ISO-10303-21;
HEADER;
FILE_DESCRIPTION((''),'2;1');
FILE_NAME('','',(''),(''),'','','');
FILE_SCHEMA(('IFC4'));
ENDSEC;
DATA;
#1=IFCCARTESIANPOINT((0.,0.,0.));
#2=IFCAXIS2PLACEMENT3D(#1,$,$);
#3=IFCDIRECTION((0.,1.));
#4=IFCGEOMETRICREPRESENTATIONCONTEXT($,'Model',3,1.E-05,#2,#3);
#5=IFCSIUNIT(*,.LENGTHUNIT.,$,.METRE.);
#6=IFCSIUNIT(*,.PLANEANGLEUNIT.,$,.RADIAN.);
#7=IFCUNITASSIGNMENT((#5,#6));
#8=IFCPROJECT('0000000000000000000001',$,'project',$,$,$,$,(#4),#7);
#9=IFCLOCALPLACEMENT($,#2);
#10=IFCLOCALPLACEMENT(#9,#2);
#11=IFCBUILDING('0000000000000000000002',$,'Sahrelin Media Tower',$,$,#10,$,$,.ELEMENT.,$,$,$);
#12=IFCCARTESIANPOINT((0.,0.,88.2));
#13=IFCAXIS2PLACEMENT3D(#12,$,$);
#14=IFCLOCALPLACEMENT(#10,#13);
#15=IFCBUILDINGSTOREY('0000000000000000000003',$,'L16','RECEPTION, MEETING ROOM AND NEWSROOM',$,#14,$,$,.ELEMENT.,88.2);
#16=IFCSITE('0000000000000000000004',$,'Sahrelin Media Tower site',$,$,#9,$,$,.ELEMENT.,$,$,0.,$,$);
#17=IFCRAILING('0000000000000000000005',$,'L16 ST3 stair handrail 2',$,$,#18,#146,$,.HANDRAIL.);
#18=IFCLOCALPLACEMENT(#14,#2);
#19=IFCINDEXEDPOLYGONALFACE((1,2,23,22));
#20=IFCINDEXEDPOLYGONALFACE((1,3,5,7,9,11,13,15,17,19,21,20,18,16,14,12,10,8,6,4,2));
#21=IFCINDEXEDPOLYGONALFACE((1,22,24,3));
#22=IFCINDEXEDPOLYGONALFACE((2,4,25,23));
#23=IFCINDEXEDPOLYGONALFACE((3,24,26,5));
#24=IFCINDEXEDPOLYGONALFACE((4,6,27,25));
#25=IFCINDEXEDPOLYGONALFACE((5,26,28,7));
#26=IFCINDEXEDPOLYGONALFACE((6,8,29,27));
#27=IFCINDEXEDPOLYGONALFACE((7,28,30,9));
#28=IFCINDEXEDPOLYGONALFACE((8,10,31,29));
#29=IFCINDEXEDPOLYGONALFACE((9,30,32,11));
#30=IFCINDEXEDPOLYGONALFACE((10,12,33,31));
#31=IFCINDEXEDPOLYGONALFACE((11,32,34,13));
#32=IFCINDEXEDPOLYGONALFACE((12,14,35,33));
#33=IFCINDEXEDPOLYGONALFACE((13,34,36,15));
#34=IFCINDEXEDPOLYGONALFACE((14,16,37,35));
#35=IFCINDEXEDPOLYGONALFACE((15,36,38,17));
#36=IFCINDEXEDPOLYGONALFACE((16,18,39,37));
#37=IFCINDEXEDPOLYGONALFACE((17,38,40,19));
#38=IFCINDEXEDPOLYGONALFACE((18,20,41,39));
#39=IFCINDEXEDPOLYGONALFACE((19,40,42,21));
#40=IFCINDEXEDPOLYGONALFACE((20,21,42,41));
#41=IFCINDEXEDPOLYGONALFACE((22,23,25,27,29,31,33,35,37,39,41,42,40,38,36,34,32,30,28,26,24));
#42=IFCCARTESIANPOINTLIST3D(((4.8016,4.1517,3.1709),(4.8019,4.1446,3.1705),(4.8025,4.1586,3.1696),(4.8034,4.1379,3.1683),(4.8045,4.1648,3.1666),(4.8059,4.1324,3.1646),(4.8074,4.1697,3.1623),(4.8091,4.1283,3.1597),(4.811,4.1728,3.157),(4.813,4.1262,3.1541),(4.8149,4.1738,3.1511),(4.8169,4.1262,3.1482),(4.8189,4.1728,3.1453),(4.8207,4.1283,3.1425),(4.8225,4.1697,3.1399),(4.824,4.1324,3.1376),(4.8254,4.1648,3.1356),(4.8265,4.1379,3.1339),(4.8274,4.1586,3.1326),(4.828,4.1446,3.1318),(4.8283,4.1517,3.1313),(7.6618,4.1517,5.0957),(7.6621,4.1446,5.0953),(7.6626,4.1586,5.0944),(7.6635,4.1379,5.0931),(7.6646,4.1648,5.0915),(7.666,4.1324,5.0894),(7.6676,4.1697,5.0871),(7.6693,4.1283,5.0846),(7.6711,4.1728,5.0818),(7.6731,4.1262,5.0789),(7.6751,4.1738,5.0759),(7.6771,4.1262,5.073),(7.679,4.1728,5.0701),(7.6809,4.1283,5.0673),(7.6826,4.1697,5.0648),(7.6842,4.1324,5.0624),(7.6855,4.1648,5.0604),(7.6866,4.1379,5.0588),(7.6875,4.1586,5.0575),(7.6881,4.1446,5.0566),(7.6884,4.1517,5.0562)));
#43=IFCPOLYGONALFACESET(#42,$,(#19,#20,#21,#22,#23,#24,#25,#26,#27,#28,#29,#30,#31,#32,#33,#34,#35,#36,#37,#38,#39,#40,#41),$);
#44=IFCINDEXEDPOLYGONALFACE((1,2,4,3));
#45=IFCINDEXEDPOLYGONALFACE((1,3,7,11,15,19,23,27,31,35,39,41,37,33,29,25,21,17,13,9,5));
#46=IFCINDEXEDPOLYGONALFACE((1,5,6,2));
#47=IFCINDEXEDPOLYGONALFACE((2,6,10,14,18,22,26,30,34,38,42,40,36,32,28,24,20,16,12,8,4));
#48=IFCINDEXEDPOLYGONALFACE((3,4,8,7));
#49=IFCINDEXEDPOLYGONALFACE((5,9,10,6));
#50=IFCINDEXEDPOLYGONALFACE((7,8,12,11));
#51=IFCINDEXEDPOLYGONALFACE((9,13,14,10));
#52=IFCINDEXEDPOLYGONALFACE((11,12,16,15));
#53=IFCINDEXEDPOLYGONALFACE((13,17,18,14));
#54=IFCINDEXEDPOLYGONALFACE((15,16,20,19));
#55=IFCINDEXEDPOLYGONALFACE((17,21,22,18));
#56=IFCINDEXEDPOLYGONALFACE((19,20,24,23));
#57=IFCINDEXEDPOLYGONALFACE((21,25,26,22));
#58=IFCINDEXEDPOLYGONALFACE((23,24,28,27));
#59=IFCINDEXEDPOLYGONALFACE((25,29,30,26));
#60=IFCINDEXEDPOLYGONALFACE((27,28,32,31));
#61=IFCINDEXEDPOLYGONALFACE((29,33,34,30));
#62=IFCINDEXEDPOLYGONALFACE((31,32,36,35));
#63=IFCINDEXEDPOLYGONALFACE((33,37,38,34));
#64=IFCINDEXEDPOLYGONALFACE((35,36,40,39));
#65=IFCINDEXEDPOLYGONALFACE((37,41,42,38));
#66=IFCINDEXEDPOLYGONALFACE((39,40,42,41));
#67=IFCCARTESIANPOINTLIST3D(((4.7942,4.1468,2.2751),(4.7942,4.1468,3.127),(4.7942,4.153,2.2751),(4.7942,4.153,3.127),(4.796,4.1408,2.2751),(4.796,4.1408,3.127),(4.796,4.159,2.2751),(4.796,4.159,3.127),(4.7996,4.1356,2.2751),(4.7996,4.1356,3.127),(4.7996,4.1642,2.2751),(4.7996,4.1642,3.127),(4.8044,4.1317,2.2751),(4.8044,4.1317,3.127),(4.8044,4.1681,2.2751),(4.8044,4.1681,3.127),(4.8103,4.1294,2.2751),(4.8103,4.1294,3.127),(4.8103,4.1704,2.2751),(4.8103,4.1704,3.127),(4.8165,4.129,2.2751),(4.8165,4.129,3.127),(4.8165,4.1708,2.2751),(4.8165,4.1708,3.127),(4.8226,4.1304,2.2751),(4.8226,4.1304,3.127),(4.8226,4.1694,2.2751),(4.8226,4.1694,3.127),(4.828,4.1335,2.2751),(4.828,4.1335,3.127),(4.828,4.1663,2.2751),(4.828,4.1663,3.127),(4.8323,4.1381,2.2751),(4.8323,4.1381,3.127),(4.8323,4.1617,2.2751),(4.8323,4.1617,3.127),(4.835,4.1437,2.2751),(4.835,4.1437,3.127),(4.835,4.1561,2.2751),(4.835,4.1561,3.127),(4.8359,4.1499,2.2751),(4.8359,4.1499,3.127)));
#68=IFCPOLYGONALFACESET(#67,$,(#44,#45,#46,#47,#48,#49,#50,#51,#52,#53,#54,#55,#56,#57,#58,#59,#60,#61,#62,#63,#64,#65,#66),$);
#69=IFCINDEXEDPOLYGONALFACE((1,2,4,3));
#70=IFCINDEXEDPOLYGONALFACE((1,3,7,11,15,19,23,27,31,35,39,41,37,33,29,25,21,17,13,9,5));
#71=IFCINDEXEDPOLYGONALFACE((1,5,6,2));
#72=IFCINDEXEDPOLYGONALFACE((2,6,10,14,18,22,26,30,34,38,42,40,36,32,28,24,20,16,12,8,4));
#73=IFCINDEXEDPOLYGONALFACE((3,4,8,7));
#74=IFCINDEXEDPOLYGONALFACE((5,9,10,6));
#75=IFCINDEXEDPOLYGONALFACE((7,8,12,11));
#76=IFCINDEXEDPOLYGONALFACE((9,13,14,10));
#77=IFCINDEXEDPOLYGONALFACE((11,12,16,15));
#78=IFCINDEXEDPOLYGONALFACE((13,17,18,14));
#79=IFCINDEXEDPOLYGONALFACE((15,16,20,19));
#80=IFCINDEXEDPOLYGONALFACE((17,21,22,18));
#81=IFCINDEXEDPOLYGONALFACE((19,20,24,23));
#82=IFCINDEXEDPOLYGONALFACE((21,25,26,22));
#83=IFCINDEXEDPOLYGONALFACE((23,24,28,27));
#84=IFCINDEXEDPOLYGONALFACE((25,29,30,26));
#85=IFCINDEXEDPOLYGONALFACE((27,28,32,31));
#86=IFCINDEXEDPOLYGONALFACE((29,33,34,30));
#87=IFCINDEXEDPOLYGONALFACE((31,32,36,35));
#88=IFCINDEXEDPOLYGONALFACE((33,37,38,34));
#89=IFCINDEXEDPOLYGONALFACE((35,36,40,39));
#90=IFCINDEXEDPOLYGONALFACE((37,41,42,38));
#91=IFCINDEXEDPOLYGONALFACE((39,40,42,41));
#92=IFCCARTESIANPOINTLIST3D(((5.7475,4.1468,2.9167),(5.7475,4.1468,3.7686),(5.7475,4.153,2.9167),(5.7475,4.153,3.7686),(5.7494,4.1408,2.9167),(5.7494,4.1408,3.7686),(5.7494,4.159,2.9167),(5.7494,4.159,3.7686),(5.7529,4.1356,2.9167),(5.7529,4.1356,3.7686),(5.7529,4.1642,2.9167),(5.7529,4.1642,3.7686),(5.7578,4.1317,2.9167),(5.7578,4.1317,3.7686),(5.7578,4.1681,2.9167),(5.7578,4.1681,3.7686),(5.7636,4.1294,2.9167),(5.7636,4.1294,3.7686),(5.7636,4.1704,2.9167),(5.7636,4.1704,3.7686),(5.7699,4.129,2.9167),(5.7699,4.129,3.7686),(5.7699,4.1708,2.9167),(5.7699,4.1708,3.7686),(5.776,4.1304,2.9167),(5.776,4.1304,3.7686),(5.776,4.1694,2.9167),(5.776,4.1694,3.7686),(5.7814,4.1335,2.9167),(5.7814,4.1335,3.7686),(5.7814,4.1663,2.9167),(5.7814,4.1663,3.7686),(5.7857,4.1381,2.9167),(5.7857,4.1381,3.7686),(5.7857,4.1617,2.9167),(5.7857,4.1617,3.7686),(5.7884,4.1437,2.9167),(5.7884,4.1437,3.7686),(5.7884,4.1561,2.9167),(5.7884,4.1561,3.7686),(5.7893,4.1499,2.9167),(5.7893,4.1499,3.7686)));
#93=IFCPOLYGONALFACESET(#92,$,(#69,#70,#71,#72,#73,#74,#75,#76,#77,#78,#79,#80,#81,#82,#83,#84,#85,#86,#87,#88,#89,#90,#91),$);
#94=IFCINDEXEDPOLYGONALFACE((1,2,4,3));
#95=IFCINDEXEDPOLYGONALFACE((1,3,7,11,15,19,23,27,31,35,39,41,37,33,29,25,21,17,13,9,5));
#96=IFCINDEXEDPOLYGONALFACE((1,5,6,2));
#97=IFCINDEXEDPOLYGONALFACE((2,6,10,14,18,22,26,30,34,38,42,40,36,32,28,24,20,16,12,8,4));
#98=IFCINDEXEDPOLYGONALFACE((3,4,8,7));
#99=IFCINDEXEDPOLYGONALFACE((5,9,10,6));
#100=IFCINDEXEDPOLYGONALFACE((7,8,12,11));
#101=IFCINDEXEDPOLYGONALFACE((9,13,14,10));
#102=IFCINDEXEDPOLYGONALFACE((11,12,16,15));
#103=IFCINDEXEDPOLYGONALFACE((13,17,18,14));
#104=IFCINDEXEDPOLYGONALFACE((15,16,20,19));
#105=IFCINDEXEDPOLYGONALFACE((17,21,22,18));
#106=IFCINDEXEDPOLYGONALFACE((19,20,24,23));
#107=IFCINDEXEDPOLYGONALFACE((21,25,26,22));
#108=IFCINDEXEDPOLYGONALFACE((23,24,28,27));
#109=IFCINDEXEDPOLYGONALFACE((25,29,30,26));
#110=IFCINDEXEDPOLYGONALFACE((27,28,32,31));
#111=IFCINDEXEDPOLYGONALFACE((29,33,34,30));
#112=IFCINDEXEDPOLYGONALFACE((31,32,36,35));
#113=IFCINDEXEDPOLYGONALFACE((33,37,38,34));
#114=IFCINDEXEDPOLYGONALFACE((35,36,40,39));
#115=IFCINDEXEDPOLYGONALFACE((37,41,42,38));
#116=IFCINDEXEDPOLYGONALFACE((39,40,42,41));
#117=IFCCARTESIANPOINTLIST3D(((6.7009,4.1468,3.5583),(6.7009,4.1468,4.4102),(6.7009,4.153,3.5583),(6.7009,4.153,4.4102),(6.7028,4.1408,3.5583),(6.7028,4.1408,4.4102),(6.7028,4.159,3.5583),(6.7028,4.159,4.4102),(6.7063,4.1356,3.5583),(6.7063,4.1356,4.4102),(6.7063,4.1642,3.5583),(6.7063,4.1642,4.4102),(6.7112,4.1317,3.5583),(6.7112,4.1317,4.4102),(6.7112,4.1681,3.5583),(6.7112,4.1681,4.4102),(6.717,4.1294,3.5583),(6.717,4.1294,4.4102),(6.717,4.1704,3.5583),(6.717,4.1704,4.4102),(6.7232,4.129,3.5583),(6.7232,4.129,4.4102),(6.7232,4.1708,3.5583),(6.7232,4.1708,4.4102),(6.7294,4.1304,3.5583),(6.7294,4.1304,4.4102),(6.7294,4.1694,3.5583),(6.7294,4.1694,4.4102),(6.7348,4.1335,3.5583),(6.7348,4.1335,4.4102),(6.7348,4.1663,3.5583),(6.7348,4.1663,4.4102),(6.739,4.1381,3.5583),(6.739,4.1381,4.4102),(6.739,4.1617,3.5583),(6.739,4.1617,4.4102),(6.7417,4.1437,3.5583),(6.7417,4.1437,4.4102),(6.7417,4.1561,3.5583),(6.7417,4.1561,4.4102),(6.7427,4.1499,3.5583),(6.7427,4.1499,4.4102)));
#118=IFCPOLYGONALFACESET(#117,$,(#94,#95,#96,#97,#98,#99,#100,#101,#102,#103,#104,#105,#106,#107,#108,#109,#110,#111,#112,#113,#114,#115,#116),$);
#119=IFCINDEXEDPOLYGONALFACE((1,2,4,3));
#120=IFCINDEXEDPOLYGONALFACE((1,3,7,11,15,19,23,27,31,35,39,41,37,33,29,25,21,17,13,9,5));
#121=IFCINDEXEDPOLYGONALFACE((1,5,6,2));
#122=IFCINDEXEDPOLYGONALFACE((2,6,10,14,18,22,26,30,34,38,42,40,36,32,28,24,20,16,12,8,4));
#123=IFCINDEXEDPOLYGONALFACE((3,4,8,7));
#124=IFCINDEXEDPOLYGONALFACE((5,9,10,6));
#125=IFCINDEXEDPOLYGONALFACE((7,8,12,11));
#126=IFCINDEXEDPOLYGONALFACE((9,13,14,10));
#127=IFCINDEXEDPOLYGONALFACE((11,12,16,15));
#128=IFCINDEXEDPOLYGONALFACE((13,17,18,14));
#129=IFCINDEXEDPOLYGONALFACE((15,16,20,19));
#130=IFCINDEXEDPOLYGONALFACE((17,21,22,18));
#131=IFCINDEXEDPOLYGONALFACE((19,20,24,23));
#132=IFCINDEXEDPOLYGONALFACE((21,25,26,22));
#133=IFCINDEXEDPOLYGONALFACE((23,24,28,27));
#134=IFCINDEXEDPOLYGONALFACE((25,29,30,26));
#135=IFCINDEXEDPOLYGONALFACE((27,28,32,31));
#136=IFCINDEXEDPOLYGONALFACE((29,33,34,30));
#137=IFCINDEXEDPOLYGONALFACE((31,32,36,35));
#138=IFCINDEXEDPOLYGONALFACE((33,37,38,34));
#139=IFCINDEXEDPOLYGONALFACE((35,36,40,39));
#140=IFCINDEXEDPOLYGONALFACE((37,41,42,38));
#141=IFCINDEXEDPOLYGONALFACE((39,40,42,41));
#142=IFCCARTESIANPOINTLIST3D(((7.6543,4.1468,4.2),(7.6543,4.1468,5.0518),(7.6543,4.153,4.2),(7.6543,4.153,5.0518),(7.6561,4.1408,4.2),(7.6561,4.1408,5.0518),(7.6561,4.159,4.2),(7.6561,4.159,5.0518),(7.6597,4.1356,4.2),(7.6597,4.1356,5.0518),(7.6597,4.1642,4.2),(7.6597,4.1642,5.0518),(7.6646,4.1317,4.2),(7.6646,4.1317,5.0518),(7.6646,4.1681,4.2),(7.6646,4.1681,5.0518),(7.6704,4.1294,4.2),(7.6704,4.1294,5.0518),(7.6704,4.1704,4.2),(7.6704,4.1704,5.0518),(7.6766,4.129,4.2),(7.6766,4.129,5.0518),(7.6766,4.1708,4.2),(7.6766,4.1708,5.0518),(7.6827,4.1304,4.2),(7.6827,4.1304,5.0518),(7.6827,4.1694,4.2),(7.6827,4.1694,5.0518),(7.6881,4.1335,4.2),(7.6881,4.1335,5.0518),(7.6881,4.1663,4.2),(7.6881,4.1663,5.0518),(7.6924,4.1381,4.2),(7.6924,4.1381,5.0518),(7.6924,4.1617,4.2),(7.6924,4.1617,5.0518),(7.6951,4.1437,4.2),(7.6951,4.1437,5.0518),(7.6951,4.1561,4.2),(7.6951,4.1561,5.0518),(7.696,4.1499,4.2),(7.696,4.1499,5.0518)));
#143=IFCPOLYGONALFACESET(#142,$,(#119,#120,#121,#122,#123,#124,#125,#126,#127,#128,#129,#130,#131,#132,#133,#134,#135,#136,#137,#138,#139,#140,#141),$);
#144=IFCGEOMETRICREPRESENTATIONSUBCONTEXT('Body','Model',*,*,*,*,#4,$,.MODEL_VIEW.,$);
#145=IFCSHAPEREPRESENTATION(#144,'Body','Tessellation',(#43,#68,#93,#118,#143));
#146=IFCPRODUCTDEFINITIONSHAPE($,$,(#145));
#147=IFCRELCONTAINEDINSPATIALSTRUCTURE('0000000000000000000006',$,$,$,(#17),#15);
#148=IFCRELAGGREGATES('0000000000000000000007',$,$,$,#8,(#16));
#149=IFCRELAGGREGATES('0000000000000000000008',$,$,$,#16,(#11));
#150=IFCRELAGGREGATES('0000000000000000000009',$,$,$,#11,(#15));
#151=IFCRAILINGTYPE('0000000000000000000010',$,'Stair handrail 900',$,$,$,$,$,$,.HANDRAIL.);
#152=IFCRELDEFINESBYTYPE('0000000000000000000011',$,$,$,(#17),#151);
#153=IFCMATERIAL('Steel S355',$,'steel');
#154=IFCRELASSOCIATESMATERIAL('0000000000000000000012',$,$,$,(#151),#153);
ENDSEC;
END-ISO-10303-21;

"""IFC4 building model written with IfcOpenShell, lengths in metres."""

from ifc_helpers import new_model, si_unit, direction, frame, origin, origin_2d, place, context, subcontext, project, spatial, circle, extrude, material, type_object, element, save


model = new_model("IFC4")

# Units and contexts
model_context = context("Model", 3, precision=1e-05, world=origin(), true_north=direction((0.0, 1.0)))
body_context = subcontext(model_context, "Body", "Model", "MODEL_VIEW")
ifc_project = project(units=[si_unit("LENGTHUNIT", "METRE"), si_unit("PLANEANGLEUNIT", "RADIAN")], contexts=[model_context])

# Site, building, storey
site_placement = place(None, origin())
site = spatial("IfcSite", under=ifc_project, at=site_placement, Name="Sahrelin Media Tower site", CompositionType="ELEMENT", RefElevation=0.0)
building_placement = place(site_placement, origin())
building = spatial("IfcBuilding", under=site, at=building_placement, Name="Sahrelin Media Tower", CompositionType="ELEMENT")
storey_placement = place(building_placement, frame((0.0, 0.0, 88.2)))
storey = spatial("IfcBuildingStorey", under=building, at=storey_placement, Name="L16", Description="RECEPTION, MEETING ROOM AND NEWSROOM", CompositionType="ELEMENT", Elevation=88.2)

# Shared definitions
ifc_material_1 = material(Name="Steel S355", Category="steel")

# Railing
railing_type_1 = type_object("IfcRailingType", Name="Stair handrail 900", PredefinedType="HANDRAIL", material=ifc_material_1)
railing_1_placement = place(storey_placement, frame((4.8149, 4.1499, 2.2751)))
element("IfcRailing", 1, at=railing_1_placement, inside=storey, type_object=railing_type_1, Name="L16 ST3 stair handrail 2", PredefinedType="HANDRAIL", context=body_context, shape_type="SweptSolid", body=[
    extrude(circle(Radius=0.0239, at=origin_2d()), frame((0.0, 0.0, 0.876), z_axis=(0.829624, 0.0, 0.558323), x_axis=(0.0, 1.0, 0.0)), (0.0, 0.0, 1.0), 3.4475),
    extrude(circle(Radius=0.021, at=origin_2d()), origin(), (0.0, 0.0, 1.0), 0.8518),
    extrude(circle(Radius=0.021, at=origin_2d()), frame((0.9534, 0.0, 0.6416)), (0.0, 0.0, 1.0), 0.8518),
    extrude(circle(Radius=0.021, at=origin_2d()), frame((1.9067, 0.0, 1.2832)), (0.0, 0.0, 1.0), 0.8518),
    extrude(circle(Radius=0.021, at=origin_2d()), frame((2.8601, 0.0, 1.9248)), (0.0, 0.0, 1.0), 0.8518),
])

save(model, "model.ifc")
